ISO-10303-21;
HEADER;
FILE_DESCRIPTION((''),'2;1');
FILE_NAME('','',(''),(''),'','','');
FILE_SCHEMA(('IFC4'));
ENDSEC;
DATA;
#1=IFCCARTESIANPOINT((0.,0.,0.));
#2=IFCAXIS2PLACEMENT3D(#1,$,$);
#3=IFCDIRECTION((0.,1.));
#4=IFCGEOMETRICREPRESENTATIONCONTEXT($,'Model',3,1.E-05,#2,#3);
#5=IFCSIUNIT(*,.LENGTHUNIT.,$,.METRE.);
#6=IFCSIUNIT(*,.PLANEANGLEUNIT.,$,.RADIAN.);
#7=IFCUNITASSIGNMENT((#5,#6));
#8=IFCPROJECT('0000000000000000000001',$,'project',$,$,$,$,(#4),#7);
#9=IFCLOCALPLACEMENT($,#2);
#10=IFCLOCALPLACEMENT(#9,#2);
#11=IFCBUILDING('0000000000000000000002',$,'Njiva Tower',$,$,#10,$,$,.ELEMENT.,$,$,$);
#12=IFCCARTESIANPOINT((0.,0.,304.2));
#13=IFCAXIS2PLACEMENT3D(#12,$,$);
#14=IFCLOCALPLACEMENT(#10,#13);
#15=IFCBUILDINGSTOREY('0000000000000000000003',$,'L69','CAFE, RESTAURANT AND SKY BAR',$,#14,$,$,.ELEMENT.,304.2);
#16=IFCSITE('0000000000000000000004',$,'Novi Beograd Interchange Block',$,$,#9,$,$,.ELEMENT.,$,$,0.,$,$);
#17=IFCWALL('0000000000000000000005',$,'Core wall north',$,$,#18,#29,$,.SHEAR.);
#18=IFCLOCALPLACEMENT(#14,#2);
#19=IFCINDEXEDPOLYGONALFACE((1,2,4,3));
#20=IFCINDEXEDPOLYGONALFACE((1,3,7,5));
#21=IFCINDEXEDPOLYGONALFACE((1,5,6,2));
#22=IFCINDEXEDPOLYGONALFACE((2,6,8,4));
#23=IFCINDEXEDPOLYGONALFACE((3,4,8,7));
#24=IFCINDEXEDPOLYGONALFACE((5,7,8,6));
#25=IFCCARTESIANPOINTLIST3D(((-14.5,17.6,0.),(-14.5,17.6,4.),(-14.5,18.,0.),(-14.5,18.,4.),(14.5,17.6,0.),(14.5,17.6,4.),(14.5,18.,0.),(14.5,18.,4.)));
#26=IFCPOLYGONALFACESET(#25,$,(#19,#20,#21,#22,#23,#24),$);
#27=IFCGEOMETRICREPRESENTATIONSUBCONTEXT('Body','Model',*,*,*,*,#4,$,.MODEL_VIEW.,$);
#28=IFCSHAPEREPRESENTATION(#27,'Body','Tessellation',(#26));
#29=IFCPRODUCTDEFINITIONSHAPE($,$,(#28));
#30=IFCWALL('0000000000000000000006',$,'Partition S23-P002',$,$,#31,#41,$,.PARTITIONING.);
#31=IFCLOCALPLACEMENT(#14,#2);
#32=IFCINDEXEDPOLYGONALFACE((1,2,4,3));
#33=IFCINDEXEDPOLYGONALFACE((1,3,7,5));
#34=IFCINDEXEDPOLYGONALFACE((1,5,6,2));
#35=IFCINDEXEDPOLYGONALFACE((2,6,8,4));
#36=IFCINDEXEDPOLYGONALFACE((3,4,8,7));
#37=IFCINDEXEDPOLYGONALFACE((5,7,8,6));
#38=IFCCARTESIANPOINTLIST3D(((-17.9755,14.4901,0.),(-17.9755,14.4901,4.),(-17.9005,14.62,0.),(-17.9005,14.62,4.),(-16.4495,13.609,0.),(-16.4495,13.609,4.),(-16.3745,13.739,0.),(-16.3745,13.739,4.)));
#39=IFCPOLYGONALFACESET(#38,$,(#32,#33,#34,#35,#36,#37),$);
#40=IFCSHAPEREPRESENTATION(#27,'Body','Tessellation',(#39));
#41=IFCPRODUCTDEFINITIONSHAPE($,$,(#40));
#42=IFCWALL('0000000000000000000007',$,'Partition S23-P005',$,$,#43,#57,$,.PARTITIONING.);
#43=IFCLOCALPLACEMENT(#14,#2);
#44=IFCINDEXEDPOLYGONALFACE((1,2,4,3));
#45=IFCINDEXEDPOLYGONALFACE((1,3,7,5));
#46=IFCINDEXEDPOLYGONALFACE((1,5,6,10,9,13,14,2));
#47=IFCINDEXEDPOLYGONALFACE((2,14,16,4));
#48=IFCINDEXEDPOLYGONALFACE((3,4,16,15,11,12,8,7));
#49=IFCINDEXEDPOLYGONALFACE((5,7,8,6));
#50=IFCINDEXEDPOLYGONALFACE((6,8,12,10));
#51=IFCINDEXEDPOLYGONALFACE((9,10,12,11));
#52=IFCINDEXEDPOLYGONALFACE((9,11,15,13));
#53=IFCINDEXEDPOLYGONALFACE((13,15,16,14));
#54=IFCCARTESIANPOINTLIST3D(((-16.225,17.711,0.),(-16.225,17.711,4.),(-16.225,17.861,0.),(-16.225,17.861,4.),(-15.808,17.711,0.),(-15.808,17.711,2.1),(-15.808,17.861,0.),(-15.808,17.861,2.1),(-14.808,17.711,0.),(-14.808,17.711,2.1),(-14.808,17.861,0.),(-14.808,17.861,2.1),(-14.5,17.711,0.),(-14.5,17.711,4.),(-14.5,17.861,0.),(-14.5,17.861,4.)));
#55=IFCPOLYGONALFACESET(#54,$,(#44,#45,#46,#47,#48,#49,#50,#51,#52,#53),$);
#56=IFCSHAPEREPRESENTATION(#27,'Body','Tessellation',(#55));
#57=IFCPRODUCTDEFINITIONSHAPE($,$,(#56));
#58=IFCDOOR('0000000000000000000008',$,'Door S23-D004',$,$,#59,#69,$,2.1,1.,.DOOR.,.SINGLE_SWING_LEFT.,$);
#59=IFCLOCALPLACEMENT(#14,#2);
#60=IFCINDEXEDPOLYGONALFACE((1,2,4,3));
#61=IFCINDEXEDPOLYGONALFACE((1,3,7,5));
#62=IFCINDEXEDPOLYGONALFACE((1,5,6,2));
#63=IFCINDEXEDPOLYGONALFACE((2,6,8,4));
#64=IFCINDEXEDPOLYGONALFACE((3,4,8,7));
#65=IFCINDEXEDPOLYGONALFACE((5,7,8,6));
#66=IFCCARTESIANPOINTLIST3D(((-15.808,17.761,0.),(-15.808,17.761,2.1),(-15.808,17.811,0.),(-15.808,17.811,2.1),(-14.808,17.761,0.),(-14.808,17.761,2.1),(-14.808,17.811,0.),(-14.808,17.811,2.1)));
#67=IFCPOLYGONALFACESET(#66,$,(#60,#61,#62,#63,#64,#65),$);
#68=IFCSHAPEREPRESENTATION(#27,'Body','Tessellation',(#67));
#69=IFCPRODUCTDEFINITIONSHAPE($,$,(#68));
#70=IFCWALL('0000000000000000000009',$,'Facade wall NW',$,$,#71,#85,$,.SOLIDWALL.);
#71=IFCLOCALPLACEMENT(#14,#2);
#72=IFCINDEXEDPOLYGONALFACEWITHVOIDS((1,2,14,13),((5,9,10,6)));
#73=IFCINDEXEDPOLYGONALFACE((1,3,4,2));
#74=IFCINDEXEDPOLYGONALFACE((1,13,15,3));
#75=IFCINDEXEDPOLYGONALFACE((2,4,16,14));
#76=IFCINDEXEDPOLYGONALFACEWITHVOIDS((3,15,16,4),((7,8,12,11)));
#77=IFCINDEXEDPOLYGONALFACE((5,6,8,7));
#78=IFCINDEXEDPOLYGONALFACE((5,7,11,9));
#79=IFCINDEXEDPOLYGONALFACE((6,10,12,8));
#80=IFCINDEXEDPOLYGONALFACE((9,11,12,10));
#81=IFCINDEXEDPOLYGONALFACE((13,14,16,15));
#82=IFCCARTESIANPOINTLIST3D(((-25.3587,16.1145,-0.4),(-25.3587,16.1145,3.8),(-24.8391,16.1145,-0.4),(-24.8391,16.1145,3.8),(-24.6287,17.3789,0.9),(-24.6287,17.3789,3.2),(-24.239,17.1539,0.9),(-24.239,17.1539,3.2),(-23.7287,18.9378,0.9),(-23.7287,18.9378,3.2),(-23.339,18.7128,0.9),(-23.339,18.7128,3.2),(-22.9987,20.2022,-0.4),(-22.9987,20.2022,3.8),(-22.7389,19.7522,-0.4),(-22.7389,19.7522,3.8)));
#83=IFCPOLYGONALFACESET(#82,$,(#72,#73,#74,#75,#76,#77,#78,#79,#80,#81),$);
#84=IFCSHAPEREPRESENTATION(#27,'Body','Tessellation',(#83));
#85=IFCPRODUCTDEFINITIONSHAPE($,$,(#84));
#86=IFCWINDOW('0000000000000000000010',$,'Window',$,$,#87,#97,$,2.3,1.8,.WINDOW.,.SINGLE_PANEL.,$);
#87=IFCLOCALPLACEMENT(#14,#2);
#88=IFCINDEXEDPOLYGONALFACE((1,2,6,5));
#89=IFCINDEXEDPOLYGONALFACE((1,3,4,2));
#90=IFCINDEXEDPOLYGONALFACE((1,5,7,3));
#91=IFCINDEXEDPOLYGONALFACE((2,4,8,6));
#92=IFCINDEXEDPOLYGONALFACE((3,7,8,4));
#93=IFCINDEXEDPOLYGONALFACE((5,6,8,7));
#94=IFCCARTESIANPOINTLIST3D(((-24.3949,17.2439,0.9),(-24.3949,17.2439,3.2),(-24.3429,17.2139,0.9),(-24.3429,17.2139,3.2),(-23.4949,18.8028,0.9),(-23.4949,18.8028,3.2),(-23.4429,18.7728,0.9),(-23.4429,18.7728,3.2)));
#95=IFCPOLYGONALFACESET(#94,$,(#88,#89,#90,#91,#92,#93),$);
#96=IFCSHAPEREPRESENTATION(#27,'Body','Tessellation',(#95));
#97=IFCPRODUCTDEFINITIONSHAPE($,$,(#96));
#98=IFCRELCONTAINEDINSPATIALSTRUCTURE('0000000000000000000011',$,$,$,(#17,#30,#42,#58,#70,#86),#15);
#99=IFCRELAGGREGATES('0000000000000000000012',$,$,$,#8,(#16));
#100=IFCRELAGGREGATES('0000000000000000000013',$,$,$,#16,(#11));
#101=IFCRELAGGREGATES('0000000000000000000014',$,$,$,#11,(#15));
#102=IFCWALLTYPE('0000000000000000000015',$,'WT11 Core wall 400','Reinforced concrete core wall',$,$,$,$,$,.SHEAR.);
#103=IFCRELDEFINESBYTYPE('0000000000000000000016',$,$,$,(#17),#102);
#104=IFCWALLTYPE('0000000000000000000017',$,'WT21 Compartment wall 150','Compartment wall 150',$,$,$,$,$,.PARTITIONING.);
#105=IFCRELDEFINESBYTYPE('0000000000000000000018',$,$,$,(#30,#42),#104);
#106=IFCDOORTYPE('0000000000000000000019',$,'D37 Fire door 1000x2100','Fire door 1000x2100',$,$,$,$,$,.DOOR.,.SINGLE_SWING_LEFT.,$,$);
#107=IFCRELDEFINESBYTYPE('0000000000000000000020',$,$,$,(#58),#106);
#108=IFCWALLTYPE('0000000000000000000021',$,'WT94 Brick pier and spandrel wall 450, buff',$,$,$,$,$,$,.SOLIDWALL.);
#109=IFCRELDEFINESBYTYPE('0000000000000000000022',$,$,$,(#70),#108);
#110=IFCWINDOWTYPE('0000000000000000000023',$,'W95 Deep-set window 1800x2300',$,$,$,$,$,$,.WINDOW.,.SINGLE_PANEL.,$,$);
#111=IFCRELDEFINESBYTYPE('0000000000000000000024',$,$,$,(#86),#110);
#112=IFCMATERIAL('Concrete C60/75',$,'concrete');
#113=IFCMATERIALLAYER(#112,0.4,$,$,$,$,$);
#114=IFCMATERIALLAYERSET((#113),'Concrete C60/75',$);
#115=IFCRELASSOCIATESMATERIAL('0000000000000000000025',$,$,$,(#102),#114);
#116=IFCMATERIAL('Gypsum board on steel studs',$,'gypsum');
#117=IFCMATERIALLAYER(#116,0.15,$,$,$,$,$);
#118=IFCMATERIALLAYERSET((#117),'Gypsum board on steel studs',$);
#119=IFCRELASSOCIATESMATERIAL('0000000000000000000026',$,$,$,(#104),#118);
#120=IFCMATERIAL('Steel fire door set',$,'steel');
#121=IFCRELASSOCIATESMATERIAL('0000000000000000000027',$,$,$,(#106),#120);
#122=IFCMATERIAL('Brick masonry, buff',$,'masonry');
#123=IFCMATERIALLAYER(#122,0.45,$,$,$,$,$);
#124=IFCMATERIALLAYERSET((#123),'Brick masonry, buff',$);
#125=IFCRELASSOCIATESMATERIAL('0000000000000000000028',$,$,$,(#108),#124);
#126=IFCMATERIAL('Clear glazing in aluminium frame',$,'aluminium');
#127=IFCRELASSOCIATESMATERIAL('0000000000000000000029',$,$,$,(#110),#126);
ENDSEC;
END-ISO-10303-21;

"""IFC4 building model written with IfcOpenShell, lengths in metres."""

from ifc_helpers import new_model, si_unit, direction, frame, frame_2d, origin, place, context, subcontext, project, spatial, polyline, rectangle, outline, extrude, material, layer, layer_set, type_object, element, fill, save


model = new_model("IFC4")

# Units and contexts
model_context = context("Model", 3, precision=1e-05, world=origin(), true_north=direction((0.0, 1.0)))
body_context = subcontext(model_context, "Body", "Model", "MODEL_VIEW")
ifc_project = project(units=[si_unit("LENGTHUNIT", "METRE"), si_unit("PLANEANGLEUNIT", "RADIAN")], contexts=[model_context])

# Site, building, storey
site_placement = place(None, origin())
site = spatial("IfcSite", under=ifc_project, at=site_placement, Name="Novi Beograd Interchange Block", CompositionType="ELEMENT", RefElevation=0.0)
building_placement = place(site_placement, origin())
building = spatial("IfcBuilding", under=site, at=building_placement, Name="Njiva Tower", CompositionType="ELEMENT")
storey_placement = place(building_placement, frame((0.0, 0.0, 304.2)))
storey = spatial("IfcBuildingStorey", under=building, at=storey_placement, Name="L69", Description="CAFE, RESTAURANT AND SKY BAR", CompositionType="ELEMENT", Elevation=304.2)

# Walls
ifc_material_1 = material(Name="Concrete C60/75", Category="concrete")
ifc_layer_1 = layer(ifc_material_1, 0.4)
ifc_layer_set_1 = layer_set([ifc_layer_1], Name="Concrete C60/75")
wall_type_1 = type_object("IfcWallType", Name="WT11 Core wall 400", Description="Reinforced concrete core wall", PredefinedType="SHEAR", material=ifc_layer_set_1)
wall_1_placement = place(storey_placement, frame((-14.5, 17.8, 0.0), z_axis=(0.0, 0.0, 1.0), x_axis=(1.0, 0.0, 0.0)))
element("IfcWall", 1, at=wall_1_placement, inside=storey, type_object=wall_type_1, Name="Core wall north", PredefinedType="SHEAR", context=body_context, shape_type="SweptSolid", body=[
    extrude(rectangle(XDim=29.0, YDim=0.4, at=frame_2d((14.5, 0.0))), origin(), (0.0, 0.0, 1.0), 4.0),
])
ifc_material_2 = material(Name="Gypsum board on steel studs", Category="gypsum")
ifc_layer_2 = layer(ifc_material_2, 0.15)
ifc_layer_set_2 = layer_set([ifc_layer_2], Name="Gypsum board on steel studs")
wall_type_2 = type_object("IfcWallType", Name="WT21 Compartment wall 150", Description="Compartment wall 150", PredefinedType="PARTITIONING", material=ifc_layer_set_2)
wall_2_placement = place(storey_placement, frame((-17.938, 14.555, 0.0), z_axis=(0.0, 0.0, 1.0), x_axis=(0.866034, -0.499984, 0.0)))
element("IfcWall", 2, at=wall_2_placement, inside=storey, type_object=wall_type_2, Name="Partition S23-P002", PredefinedType="PARTITIONING", context=body_context, shape_type="SweptSolid", body=[
    extrude(rectangle(XDim=1.7621, YDim=0.15, at=frame_2d((0.881, 0.0))), origin(), (0.0, 0.0, 1.0), 4.0),
])

# Wall, opening, door
wall_3_placement = place(storey_placement, frame((-16.225, 17.786, 0.0), z_axis=(0.0, 0.0, 1.0), x_axis=(1.0, 0.0, 0.0)))
wall_3 = element("IfcWall", 3, at=wall_3_placement, inside=storey, type_object=wall_type_2, Name="Partition S23-P005", PredefinedType="PARTITIONING", context=body_context, shape_type="SweptSolid", body=[
    extrude(rectangle(XDim=1.725, YDim=0.15, at=frame_2d((0.8625, 0.0))), origin(), (0.0, 0.0, 1.0), 4.0),
])
opening_1_placement = place(wall_3_placement, frame((0.417, 0.0, 0.0)))
opening_1 = element("IfcOpeningElement", 4, at=opening_1_placement, cuts=wall_3, PredefinedType="OPENING", context=body_context, shape_type="SweptSolid", body=[
    extrude(rectangle(XDim=1.0, YDim=2.1, at=frame_2d((0.5, 1.05))), frame((0.0, 0.085, 0.0), z_axis=(0.0, -1.0, 0.0), x_axis=(1.0, 0.0, 0.0)), (0.0, 0.0, 1.0), 0.17),
])
ifc_material_3 = material(Name="Steel fire door set", Category="steel")
door_type = type_object("IfcDoorType", Name="D37 Fire door 1000x2100", Description="Fire door 1000x2100", OperationType="SINGLE_SWING_LEFT", PredefinedType="DOOR", material=ifc_material_3)
door_placement = place(opening_1_placement, origin())
door = element("IfcDoor", 5, at=door_placement, inside=storey, type_object=door_type, Name="Door S23-D004", OperationType="SINGLE_SWING_LEFT", OverallHeight=2.1, OverallWidth=1.0, PredefinedType="DOOR", context=body_context, shape_type="SweptSolid", body=[
    extrude(rectangle(XDim=1.0, YDim=2.1, at=frame_2d((0.5, 1.05))), frame((0.0, 0.025, 0.0), z_axis=(0.0, -1.0, 0.0), x_axis=(1.0, 0.0, 0.0)), (0.0, 0.0, 1.0), 0.05),
])
fill(opening_1, door)

# Shared definitions
ifc_material_4 = material(Name="Clear glazing in aluminium frame", Category="aluminium")

# Wall, opening, window
ifc_material_5 = material(Name="Brick masonry, buff", Category="masonry")
ifc_layer_3 = layer(ifc_material_5, 0.45)
ifc_layer_set_3 = layer_set([ifc_layer_3], Name="Brick masonry, buff")
wall_type_3 = type_object("IfcWallType", Name="WT94 Brick pier and spandrel wall 450, buff", PredefinedType="SOLIDWALL", material=ifc_layer_set_3)
wall_4_placement = place(storey_placement, frame((-22.8688, 19.9772, -0.4), z_axis=(0.0, 0.0, 1.0), x_axis=(-0.499995, -0.866028, 0.0)))
wall_4 = element("IfcWall", 6, at=wall_4_placement, inside=storey, type_object=wall_type_3, Name="Facade wall NW", PredefinedType="SOLIDWALL", context=body_context, shape_type="SweptSolid", body=[
    extrude(outline(polyline([(-0.1299, -0.225), (4.5901, -0.225), (4.3303, 0.225), (0.1299, 0.225), (-0.1299, -0.225)])), origin(), (0.0, 0.0, 1.0), 4.2),
])
opening_2_placement = place(wall_4_placement, frame((1.3301, 0.0, 1.3)))
opening_2 = element("IfcOpeningElement", 7, at=opening_2_placement, cuts=wall_4, PredefinedType="OPENING", context=body_context, shape_type="SweptSolid", body=[
    extrude(rectangle(XDim=1.8, YDim=2.3, at=frame_2d((0.9, 1.15))), frame((0.0, 0.235, 0.0), z_axis=(0.0, -1.0, 0.0), x_axis=(1.0, 0.0, 0.0)), (0.0, 0.0, 1.0), 0.47),
])
window_type_1 = type_object("IfcWindowType", Name="W95 Deep-set window 1800x2300", PartitioningType="SINGLE_PANEL", PredefinedType="WINDOW", material=ifc_material_4)
window_1_placement = place(opening_2_placement, origin())
window_1 = element("IfcWindow", 8, at=window_1_placement, inside=storey, type_object=window_type_1, Name="Window", OverallHeight=2.3, OverallWidth=1.8, PartitioningType="SINGLE_PANEL", PredefinedType="WINDOW", context=body_context, shape_type="SweptSolid", body=[
    extrude(rectangle(XDim=1.8, YDim=2.3, at=frame_2d((0.9, 1.15))), frame((0.0, 0.105, 0.0), z_axis=(0.0, -1.0, 0.0), x_axis=(1.0, 0.0, 0.0)), (0.0, 0.0, 1.0), 0.06),
])
fill(opening_2, window_1)

save(model, "model.ifc")
